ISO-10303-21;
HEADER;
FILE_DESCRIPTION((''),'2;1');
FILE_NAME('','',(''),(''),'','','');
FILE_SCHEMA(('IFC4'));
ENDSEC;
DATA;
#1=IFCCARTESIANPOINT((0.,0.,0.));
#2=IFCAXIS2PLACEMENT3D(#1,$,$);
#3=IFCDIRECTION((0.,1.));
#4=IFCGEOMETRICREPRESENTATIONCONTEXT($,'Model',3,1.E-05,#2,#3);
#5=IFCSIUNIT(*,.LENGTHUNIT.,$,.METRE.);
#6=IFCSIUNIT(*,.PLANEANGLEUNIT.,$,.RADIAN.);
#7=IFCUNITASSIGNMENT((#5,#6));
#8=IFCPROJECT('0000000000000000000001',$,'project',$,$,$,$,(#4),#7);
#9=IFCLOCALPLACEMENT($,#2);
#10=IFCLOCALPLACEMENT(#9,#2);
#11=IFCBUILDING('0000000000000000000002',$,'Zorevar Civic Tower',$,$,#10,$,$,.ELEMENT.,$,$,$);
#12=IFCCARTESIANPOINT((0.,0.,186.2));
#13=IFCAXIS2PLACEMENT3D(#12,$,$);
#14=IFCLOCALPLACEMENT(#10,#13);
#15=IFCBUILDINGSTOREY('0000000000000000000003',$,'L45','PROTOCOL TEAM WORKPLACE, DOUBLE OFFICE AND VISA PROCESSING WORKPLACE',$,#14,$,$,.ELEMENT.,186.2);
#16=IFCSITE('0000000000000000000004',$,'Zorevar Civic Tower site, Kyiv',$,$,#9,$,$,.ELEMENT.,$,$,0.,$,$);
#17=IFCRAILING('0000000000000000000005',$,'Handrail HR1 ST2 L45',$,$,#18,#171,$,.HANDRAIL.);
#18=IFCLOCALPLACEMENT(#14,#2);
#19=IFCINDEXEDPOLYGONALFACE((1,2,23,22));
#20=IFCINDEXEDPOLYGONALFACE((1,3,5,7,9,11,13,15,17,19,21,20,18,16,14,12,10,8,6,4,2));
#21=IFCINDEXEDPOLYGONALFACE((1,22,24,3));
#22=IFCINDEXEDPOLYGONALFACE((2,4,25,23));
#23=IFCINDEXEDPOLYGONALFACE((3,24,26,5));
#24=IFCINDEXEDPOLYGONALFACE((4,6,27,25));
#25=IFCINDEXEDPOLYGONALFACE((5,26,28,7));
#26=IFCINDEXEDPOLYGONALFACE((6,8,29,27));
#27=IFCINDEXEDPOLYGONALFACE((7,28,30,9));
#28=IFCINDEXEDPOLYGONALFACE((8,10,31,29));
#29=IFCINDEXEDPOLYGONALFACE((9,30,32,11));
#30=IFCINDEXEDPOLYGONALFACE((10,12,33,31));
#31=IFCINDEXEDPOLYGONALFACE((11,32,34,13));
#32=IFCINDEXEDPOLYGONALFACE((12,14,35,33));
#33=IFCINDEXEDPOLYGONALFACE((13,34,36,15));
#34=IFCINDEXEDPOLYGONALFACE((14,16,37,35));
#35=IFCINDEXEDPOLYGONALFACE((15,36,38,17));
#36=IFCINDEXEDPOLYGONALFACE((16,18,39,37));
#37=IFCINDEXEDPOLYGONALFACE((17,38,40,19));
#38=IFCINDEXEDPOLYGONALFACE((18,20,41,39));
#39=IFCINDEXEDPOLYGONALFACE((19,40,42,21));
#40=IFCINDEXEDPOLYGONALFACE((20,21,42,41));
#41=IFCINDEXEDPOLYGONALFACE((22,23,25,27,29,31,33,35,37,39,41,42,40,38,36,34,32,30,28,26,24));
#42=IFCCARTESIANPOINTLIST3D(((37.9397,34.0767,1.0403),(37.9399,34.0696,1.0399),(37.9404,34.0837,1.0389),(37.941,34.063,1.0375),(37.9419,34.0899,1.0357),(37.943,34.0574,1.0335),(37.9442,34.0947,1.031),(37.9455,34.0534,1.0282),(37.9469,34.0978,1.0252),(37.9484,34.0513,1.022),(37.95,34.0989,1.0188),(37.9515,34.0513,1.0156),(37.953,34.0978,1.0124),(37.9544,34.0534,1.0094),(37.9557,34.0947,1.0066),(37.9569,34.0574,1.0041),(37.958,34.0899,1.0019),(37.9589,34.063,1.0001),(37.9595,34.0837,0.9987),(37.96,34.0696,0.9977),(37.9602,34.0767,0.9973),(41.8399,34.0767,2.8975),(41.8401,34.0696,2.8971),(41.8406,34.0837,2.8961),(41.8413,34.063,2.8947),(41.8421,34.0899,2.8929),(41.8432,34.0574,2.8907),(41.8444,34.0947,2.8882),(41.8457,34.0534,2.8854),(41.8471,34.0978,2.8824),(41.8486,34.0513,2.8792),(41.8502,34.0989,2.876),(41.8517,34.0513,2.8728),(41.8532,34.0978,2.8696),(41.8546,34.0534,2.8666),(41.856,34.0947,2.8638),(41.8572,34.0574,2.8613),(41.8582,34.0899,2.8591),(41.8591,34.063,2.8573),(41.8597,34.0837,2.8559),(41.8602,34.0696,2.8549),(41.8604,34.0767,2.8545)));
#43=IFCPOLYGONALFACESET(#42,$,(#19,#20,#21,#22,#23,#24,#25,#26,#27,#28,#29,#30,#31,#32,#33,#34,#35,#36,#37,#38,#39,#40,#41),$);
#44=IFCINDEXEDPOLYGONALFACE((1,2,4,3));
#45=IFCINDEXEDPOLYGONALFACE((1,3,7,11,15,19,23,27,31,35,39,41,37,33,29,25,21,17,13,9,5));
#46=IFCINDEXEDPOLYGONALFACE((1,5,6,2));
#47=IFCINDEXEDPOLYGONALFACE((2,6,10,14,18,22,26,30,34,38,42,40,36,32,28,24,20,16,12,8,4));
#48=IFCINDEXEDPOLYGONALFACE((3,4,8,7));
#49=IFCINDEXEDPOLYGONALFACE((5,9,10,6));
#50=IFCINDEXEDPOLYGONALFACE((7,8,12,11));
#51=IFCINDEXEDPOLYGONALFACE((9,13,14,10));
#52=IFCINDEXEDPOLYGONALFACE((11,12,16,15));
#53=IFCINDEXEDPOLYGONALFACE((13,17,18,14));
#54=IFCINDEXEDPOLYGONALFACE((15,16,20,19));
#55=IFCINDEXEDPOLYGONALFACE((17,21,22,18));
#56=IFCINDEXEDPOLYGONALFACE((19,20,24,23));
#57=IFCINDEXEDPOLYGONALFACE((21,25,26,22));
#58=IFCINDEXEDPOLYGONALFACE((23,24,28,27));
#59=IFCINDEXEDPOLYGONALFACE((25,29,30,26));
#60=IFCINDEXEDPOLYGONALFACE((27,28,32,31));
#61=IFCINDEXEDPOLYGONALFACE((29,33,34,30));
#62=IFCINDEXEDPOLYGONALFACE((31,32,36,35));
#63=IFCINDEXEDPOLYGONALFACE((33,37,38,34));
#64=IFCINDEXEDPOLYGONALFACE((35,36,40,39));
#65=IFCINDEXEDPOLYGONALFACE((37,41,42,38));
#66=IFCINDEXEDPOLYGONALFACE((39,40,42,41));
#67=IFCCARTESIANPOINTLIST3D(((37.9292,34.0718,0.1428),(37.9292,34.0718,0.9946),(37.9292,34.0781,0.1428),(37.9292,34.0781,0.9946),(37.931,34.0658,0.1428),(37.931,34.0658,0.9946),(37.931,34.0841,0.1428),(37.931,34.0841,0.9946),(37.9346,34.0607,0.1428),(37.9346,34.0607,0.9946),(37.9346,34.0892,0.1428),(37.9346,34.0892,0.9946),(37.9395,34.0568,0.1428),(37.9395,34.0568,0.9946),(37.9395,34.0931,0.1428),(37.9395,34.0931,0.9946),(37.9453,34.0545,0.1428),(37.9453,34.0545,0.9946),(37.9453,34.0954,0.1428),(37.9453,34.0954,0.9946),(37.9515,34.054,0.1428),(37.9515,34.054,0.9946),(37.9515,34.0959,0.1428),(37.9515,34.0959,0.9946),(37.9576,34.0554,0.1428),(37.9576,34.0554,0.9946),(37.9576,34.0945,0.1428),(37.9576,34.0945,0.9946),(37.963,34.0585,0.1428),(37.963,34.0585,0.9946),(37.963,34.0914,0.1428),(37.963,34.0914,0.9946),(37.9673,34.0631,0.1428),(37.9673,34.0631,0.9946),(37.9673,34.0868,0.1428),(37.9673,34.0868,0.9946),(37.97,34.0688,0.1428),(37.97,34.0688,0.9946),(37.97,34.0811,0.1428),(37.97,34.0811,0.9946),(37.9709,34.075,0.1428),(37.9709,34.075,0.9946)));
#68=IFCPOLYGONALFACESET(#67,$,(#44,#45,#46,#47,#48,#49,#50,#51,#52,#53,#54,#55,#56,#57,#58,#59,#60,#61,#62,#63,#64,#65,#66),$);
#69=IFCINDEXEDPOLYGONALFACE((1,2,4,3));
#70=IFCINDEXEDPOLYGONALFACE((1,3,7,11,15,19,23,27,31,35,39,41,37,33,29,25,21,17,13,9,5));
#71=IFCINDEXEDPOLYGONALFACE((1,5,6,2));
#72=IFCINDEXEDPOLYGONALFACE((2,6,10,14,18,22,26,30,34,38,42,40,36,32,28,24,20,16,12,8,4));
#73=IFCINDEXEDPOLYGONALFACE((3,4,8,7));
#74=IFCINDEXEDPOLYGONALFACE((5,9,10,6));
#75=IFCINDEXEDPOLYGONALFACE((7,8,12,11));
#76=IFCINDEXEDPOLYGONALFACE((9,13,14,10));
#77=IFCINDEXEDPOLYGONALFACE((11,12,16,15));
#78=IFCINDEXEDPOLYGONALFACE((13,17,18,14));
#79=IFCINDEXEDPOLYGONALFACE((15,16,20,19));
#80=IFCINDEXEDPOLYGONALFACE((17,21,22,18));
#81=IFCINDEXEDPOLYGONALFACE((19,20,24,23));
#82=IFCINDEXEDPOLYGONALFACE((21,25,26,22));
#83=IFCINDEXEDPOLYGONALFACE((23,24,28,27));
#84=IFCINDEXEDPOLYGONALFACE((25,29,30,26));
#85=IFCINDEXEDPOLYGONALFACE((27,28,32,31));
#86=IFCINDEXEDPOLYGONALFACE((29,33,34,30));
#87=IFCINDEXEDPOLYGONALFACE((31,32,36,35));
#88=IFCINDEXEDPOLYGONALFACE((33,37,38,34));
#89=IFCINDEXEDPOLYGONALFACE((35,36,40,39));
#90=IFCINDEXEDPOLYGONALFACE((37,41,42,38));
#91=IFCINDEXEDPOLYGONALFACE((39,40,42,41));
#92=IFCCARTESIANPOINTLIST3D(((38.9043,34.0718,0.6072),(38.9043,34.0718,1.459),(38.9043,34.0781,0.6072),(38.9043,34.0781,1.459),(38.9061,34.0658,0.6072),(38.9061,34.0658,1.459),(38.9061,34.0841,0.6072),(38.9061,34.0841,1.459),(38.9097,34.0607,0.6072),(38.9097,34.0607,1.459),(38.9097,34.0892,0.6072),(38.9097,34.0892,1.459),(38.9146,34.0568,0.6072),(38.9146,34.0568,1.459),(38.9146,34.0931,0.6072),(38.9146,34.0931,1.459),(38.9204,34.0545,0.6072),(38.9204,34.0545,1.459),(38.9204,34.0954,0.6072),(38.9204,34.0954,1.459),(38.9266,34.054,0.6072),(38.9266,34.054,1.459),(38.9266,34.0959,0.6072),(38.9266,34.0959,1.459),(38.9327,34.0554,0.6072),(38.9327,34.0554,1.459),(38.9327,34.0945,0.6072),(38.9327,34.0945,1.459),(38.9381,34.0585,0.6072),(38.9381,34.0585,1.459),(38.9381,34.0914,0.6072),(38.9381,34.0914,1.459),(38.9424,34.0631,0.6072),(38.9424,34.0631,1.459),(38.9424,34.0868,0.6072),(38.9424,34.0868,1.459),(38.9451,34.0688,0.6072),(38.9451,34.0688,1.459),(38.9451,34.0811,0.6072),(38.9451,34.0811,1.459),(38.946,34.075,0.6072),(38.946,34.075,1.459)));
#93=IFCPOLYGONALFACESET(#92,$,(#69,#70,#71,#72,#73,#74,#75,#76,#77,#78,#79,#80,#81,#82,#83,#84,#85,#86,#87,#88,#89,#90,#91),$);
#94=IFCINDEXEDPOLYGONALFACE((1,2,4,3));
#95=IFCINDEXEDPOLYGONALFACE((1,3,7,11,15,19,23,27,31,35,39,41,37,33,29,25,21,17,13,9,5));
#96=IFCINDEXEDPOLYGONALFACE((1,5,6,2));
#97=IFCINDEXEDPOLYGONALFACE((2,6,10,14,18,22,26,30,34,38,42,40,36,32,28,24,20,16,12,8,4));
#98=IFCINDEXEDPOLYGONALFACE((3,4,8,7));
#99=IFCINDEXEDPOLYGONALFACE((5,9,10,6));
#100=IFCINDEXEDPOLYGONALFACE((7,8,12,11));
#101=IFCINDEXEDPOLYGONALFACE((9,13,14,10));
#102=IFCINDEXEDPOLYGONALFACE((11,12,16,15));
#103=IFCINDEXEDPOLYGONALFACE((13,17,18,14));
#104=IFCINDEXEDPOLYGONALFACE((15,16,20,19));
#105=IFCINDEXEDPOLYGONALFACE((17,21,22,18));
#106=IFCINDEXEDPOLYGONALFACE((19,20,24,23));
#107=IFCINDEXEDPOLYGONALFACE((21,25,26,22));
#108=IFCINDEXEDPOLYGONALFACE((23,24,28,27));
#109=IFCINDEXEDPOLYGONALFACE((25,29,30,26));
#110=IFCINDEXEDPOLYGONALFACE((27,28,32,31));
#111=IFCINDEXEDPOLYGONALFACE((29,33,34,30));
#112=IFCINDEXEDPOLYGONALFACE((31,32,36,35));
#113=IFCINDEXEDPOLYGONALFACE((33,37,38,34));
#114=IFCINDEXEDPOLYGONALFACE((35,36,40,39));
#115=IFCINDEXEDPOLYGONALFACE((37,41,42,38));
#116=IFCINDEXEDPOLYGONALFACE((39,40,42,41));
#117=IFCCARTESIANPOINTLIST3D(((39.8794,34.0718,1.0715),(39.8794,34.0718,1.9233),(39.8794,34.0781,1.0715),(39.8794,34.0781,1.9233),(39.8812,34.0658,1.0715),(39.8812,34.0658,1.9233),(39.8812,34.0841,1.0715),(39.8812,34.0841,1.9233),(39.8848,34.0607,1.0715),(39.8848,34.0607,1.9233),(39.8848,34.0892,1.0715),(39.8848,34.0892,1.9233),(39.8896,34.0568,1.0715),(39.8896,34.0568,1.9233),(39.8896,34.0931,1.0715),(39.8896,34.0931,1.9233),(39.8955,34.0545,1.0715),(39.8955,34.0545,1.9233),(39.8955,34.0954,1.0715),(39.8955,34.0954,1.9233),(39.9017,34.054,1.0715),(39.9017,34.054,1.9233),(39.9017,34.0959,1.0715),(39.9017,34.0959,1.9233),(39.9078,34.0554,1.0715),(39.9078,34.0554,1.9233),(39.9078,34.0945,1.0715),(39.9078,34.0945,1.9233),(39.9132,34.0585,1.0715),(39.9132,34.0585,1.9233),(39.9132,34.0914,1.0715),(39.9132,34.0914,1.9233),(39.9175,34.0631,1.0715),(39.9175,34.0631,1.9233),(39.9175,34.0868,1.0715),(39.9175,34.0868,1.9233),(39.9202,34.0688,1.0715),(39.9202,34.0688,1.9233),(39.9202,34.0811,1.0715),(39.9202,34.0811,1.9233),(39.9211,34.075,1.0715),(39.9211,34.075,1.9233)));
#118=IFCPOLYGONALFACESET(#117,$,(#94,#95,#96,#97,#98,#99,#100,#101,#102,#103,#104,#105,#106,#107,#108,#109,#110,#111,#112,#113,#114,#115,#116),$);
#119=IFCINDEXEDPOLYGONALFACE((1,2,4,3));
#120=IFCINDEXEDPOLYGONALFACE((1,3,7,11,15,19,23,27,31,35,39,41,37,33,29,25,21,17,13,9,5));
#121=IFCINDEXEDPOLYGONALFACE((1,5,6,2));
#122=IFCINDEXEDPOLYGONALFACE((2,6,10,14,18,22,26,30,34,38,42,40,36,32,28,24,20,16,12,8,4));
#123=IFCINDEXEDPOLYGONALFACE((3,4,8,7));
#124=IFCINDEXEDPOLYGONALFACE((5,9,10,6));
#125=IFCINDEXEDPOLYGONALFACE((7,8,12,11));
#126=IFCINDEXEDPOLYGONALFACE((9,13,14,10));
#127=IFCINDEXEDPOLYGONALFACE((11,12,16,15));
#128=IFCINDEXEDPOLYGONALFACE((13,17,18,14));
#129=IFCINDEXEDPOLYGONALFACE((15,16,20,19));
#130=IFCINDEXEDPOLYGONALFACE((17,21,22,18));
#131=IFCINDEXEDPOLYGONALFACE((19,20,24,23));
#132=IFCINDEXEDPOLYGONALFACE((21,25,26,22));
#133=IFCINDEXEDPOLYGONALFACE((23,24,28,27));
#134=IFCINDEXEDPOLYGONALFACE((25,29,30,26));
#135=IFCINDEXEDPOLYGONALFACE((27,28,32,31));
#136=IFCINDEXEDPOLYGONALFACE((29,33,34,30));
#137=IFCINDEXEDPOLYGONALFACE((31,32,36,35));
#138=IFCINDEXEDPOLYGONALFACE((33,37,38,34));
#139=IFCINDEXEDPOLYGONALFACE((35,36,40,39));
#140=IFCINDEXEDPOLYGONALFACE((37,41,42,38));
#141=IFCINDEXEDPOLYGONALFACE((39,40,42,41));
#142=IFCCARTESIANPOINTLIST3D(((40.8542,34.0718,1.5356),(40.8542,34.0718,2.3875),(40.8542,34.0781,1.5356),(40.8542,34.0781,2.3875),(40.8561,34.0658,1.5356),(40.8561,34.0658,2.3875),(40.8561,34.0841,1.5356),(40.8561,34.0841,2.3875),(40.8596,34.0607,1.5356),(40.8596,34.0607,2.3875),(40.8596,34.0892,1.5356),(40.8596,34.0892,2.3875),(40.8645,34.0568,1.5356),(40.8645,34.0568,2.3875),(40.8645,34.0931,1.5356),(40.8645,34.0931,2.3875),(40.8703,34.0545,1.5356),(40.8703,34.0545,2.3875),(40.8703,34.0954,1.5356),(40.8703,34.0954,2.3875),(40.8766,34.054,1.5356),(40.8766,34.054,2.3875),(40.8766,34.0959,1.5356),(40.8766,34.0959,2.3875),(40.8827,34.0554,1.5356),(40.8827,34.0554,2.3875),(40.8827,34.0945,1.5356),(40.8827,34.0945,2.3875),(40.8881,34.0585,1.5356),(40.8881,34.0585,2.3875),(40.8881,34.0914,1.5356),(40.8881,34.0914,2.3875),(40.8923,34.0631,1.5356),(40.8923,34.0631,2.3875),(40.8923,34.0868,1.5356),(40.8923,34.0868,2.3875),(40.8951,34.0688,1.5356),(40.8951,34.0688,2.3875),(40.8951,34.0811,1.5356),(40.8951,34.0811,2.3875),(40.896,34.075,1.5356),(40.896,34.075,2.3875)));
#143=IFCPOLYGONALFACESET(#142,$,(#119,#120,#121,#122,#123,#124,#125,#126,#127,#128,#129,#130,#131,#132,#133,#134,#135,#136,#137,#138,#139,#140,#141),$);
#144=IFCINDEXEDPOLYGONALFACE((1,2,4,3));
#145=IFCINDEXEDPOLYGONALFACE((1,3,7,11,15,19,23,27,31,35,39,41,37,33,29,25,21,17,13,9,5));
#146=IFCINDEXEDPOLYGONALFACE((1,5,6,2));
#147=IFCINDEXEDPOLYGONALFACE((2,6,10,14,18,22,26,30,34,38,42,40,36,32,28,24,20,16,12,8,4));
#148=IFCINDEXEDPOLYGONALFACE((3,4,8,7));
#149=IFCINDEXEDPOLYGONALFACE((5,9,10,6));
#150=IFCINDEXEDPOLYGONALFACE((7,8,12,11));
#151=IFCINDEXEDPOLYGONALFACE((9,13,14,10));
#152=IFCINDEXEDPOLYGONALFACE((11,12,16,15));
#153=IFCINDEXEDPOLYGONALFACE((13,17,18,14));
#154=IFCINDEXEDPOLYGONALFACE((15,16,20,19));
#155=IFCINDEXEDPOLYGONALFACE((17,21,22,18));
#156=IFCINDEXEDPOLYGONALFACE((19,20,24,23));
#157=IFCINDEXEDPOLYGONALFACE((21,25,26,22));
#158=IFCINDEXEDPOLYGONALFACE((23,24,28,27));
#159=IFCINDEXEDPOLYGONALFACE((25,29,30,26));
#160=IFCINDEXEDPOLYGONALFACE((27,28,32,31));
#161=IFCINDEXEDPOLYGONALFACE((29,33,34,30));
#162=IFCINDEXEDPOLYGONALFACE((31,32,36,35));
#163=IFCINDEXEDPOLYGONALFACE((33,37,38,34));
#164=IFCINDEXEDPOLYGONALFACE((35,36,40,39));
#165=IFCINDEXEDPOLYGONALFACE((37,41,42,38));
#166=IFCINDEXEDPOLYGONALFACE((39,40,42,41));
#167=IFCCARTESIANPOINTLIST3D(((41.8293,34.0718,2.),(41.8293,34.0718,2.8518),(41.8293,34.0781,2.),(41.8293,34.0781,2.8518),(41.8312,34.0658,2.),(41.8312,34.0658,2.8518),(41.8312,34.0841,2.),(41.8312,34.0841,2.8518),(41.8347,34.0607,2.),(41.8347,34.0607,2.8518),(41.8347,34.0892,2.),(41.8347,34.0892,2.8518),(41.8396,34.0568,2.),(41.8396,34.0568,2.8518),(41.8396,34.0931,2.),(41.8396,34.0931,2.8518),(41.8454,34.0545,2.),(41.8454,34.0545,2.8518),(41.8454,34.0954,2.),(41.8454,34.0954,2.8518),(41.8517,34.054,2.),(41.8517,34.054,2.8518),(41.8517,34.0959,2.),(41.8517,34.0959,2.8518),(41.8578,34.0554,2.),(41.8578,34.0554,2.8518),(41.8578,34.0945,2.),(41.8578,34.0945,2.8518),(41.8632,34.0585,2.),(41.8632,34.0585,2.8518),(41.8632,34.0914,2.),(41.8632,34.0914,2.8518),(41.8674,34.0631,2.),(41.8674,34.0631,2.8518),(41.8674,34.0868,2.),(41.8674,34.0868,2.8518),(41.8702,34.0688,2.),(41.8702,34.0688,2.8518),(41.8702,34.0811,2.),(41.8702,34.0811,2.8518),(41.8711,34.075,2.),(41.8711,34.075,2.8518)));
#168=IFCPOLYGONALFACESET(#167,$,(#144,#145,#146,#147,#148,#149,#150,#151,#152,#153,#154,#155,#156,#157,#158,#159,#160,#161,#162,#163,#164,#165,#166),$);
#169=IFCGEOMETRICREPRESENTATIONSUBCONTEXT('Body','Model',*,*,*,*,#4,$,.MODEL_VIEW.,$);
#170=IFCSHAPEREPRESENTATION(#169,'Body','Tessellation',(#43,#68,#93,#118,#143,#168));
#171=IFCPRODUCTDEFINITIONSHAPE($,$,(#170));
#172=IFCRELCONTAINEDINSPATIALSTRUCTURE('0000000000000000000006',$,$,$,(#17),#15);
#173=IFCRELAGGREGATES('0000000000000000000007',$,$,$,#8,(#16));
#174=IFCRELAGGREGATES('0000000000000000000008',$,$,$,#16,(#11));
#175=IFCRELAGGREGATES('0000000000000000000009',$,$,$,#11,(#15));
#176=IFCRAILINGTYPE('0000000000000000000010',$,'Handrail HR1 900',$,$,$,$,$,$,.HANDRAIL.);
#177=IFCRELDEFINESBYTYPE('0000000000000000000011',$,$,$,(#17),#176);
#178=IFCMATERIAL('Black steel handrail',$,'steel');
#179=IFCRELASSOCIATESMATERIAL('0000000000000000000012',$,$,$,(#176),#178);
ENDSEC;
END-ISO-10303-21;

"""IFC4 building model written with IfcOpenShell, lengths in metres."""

from ifc_helpers import new_model, si_unit, direction, frame, origin, origin_2d, place, context, subcontext, project, spatial, circle, extrude, material, type_object, element, save


model = new_model("IFC4")

# Units and contexts
model_context = context("Model", 3, precision=1e-05, world=origin(), true_north=direction((0.0, 1.0)))
body_context = subcontext(model_context, "Body", "Model", "MODEL_VIEW")
ifc_project = project(units=[si_unit("LENGTHUNIT", "METRE"), si_unit("PLANEANGLEUNIT", "RADIAN")], contexts=[model_context])

# Site, building, storey
site_placement = place(None, origin())
site = spatial("IfcSite", under=ifc_project, at=site_placement, Name="Zorevar Civic Tower site, Kyiv", CompositionType="ELEMENT", RefElevation=0.0)
building_placement = place(site_placement, origin())
building = spatial("IfcBuilding", under=site, at=building_placement, Name="Zorevar Civic Tower", CompositionType="ELEMENT")
storey_placement = place(building_placement, frame((0.0, 0.0, 186.2)))
storey = spatial("IfcBuildingStorey", under=building, at=storey_placement, Name="L45", Description="PROTOCOL TEAM WORKPLACE, DOUBLE OFFICE AND VISA PROCESSING WORKPLACE", CompositionType="ELEMENT", Elevation=186.2)

# Railing
ifc_material_1 = material(Name="Black steel handrail", Category="steel")
railing_type = type_object("IfcRailingType", Name="Handrail HR1 900", PredefinedType="HANDRAIL", material=ifc_material_1)
railing_1_placement = place(storey_placement, frame((37.95, 34.075, 0.1428)))
element("IfcRailing", 1, at=railing_1_placement, inside=storey, type_object=railing_type, Name="Handrail HR1 ST2 L45", PredefinedType="HANDRAIL", context=body_context, shape_type="SweptSolid", body=[
    extrude(circle(Radius=0.0239, at=origin_2d()), frame((0.0, 0.0, 0.876), z_axis=(0.902864, 0.0, 0.429927), x_axis=(0.0, 1.0, 0.0)), (0.0, 0.0, 1.0), 4.3198),
    extrude(circle(Radius=0.021, at=origin_2d()), origin(), (0.0, 0.0, 1.0), 0.8518),
    extrude(circle(Radius=0.021, at=origin_2d()), frame((0.9751, 0.0, 0.4644)), (0.0, 0.0, 1.0), 0.8518),
    extrude(circle(Radius=0.021, at=origin_2d()), frame((1.9502, 0.0, 0.9287)), (0.0, 0.0, 1.0), 0.8518),
    extrude(circle(Radius=0.021, at=origin_2d()), frame((2.925, 0.0, 1.3928)), (0.0, 0.0, 1.0), 0.8518),
    extrude(circle(Radius=0.021, at=origin_2d()), frame((3.9001, 0.0, 1.8572)), (0.0, 0.0, 1.0), 0.8518),
])

save(model, "model.ifc")
